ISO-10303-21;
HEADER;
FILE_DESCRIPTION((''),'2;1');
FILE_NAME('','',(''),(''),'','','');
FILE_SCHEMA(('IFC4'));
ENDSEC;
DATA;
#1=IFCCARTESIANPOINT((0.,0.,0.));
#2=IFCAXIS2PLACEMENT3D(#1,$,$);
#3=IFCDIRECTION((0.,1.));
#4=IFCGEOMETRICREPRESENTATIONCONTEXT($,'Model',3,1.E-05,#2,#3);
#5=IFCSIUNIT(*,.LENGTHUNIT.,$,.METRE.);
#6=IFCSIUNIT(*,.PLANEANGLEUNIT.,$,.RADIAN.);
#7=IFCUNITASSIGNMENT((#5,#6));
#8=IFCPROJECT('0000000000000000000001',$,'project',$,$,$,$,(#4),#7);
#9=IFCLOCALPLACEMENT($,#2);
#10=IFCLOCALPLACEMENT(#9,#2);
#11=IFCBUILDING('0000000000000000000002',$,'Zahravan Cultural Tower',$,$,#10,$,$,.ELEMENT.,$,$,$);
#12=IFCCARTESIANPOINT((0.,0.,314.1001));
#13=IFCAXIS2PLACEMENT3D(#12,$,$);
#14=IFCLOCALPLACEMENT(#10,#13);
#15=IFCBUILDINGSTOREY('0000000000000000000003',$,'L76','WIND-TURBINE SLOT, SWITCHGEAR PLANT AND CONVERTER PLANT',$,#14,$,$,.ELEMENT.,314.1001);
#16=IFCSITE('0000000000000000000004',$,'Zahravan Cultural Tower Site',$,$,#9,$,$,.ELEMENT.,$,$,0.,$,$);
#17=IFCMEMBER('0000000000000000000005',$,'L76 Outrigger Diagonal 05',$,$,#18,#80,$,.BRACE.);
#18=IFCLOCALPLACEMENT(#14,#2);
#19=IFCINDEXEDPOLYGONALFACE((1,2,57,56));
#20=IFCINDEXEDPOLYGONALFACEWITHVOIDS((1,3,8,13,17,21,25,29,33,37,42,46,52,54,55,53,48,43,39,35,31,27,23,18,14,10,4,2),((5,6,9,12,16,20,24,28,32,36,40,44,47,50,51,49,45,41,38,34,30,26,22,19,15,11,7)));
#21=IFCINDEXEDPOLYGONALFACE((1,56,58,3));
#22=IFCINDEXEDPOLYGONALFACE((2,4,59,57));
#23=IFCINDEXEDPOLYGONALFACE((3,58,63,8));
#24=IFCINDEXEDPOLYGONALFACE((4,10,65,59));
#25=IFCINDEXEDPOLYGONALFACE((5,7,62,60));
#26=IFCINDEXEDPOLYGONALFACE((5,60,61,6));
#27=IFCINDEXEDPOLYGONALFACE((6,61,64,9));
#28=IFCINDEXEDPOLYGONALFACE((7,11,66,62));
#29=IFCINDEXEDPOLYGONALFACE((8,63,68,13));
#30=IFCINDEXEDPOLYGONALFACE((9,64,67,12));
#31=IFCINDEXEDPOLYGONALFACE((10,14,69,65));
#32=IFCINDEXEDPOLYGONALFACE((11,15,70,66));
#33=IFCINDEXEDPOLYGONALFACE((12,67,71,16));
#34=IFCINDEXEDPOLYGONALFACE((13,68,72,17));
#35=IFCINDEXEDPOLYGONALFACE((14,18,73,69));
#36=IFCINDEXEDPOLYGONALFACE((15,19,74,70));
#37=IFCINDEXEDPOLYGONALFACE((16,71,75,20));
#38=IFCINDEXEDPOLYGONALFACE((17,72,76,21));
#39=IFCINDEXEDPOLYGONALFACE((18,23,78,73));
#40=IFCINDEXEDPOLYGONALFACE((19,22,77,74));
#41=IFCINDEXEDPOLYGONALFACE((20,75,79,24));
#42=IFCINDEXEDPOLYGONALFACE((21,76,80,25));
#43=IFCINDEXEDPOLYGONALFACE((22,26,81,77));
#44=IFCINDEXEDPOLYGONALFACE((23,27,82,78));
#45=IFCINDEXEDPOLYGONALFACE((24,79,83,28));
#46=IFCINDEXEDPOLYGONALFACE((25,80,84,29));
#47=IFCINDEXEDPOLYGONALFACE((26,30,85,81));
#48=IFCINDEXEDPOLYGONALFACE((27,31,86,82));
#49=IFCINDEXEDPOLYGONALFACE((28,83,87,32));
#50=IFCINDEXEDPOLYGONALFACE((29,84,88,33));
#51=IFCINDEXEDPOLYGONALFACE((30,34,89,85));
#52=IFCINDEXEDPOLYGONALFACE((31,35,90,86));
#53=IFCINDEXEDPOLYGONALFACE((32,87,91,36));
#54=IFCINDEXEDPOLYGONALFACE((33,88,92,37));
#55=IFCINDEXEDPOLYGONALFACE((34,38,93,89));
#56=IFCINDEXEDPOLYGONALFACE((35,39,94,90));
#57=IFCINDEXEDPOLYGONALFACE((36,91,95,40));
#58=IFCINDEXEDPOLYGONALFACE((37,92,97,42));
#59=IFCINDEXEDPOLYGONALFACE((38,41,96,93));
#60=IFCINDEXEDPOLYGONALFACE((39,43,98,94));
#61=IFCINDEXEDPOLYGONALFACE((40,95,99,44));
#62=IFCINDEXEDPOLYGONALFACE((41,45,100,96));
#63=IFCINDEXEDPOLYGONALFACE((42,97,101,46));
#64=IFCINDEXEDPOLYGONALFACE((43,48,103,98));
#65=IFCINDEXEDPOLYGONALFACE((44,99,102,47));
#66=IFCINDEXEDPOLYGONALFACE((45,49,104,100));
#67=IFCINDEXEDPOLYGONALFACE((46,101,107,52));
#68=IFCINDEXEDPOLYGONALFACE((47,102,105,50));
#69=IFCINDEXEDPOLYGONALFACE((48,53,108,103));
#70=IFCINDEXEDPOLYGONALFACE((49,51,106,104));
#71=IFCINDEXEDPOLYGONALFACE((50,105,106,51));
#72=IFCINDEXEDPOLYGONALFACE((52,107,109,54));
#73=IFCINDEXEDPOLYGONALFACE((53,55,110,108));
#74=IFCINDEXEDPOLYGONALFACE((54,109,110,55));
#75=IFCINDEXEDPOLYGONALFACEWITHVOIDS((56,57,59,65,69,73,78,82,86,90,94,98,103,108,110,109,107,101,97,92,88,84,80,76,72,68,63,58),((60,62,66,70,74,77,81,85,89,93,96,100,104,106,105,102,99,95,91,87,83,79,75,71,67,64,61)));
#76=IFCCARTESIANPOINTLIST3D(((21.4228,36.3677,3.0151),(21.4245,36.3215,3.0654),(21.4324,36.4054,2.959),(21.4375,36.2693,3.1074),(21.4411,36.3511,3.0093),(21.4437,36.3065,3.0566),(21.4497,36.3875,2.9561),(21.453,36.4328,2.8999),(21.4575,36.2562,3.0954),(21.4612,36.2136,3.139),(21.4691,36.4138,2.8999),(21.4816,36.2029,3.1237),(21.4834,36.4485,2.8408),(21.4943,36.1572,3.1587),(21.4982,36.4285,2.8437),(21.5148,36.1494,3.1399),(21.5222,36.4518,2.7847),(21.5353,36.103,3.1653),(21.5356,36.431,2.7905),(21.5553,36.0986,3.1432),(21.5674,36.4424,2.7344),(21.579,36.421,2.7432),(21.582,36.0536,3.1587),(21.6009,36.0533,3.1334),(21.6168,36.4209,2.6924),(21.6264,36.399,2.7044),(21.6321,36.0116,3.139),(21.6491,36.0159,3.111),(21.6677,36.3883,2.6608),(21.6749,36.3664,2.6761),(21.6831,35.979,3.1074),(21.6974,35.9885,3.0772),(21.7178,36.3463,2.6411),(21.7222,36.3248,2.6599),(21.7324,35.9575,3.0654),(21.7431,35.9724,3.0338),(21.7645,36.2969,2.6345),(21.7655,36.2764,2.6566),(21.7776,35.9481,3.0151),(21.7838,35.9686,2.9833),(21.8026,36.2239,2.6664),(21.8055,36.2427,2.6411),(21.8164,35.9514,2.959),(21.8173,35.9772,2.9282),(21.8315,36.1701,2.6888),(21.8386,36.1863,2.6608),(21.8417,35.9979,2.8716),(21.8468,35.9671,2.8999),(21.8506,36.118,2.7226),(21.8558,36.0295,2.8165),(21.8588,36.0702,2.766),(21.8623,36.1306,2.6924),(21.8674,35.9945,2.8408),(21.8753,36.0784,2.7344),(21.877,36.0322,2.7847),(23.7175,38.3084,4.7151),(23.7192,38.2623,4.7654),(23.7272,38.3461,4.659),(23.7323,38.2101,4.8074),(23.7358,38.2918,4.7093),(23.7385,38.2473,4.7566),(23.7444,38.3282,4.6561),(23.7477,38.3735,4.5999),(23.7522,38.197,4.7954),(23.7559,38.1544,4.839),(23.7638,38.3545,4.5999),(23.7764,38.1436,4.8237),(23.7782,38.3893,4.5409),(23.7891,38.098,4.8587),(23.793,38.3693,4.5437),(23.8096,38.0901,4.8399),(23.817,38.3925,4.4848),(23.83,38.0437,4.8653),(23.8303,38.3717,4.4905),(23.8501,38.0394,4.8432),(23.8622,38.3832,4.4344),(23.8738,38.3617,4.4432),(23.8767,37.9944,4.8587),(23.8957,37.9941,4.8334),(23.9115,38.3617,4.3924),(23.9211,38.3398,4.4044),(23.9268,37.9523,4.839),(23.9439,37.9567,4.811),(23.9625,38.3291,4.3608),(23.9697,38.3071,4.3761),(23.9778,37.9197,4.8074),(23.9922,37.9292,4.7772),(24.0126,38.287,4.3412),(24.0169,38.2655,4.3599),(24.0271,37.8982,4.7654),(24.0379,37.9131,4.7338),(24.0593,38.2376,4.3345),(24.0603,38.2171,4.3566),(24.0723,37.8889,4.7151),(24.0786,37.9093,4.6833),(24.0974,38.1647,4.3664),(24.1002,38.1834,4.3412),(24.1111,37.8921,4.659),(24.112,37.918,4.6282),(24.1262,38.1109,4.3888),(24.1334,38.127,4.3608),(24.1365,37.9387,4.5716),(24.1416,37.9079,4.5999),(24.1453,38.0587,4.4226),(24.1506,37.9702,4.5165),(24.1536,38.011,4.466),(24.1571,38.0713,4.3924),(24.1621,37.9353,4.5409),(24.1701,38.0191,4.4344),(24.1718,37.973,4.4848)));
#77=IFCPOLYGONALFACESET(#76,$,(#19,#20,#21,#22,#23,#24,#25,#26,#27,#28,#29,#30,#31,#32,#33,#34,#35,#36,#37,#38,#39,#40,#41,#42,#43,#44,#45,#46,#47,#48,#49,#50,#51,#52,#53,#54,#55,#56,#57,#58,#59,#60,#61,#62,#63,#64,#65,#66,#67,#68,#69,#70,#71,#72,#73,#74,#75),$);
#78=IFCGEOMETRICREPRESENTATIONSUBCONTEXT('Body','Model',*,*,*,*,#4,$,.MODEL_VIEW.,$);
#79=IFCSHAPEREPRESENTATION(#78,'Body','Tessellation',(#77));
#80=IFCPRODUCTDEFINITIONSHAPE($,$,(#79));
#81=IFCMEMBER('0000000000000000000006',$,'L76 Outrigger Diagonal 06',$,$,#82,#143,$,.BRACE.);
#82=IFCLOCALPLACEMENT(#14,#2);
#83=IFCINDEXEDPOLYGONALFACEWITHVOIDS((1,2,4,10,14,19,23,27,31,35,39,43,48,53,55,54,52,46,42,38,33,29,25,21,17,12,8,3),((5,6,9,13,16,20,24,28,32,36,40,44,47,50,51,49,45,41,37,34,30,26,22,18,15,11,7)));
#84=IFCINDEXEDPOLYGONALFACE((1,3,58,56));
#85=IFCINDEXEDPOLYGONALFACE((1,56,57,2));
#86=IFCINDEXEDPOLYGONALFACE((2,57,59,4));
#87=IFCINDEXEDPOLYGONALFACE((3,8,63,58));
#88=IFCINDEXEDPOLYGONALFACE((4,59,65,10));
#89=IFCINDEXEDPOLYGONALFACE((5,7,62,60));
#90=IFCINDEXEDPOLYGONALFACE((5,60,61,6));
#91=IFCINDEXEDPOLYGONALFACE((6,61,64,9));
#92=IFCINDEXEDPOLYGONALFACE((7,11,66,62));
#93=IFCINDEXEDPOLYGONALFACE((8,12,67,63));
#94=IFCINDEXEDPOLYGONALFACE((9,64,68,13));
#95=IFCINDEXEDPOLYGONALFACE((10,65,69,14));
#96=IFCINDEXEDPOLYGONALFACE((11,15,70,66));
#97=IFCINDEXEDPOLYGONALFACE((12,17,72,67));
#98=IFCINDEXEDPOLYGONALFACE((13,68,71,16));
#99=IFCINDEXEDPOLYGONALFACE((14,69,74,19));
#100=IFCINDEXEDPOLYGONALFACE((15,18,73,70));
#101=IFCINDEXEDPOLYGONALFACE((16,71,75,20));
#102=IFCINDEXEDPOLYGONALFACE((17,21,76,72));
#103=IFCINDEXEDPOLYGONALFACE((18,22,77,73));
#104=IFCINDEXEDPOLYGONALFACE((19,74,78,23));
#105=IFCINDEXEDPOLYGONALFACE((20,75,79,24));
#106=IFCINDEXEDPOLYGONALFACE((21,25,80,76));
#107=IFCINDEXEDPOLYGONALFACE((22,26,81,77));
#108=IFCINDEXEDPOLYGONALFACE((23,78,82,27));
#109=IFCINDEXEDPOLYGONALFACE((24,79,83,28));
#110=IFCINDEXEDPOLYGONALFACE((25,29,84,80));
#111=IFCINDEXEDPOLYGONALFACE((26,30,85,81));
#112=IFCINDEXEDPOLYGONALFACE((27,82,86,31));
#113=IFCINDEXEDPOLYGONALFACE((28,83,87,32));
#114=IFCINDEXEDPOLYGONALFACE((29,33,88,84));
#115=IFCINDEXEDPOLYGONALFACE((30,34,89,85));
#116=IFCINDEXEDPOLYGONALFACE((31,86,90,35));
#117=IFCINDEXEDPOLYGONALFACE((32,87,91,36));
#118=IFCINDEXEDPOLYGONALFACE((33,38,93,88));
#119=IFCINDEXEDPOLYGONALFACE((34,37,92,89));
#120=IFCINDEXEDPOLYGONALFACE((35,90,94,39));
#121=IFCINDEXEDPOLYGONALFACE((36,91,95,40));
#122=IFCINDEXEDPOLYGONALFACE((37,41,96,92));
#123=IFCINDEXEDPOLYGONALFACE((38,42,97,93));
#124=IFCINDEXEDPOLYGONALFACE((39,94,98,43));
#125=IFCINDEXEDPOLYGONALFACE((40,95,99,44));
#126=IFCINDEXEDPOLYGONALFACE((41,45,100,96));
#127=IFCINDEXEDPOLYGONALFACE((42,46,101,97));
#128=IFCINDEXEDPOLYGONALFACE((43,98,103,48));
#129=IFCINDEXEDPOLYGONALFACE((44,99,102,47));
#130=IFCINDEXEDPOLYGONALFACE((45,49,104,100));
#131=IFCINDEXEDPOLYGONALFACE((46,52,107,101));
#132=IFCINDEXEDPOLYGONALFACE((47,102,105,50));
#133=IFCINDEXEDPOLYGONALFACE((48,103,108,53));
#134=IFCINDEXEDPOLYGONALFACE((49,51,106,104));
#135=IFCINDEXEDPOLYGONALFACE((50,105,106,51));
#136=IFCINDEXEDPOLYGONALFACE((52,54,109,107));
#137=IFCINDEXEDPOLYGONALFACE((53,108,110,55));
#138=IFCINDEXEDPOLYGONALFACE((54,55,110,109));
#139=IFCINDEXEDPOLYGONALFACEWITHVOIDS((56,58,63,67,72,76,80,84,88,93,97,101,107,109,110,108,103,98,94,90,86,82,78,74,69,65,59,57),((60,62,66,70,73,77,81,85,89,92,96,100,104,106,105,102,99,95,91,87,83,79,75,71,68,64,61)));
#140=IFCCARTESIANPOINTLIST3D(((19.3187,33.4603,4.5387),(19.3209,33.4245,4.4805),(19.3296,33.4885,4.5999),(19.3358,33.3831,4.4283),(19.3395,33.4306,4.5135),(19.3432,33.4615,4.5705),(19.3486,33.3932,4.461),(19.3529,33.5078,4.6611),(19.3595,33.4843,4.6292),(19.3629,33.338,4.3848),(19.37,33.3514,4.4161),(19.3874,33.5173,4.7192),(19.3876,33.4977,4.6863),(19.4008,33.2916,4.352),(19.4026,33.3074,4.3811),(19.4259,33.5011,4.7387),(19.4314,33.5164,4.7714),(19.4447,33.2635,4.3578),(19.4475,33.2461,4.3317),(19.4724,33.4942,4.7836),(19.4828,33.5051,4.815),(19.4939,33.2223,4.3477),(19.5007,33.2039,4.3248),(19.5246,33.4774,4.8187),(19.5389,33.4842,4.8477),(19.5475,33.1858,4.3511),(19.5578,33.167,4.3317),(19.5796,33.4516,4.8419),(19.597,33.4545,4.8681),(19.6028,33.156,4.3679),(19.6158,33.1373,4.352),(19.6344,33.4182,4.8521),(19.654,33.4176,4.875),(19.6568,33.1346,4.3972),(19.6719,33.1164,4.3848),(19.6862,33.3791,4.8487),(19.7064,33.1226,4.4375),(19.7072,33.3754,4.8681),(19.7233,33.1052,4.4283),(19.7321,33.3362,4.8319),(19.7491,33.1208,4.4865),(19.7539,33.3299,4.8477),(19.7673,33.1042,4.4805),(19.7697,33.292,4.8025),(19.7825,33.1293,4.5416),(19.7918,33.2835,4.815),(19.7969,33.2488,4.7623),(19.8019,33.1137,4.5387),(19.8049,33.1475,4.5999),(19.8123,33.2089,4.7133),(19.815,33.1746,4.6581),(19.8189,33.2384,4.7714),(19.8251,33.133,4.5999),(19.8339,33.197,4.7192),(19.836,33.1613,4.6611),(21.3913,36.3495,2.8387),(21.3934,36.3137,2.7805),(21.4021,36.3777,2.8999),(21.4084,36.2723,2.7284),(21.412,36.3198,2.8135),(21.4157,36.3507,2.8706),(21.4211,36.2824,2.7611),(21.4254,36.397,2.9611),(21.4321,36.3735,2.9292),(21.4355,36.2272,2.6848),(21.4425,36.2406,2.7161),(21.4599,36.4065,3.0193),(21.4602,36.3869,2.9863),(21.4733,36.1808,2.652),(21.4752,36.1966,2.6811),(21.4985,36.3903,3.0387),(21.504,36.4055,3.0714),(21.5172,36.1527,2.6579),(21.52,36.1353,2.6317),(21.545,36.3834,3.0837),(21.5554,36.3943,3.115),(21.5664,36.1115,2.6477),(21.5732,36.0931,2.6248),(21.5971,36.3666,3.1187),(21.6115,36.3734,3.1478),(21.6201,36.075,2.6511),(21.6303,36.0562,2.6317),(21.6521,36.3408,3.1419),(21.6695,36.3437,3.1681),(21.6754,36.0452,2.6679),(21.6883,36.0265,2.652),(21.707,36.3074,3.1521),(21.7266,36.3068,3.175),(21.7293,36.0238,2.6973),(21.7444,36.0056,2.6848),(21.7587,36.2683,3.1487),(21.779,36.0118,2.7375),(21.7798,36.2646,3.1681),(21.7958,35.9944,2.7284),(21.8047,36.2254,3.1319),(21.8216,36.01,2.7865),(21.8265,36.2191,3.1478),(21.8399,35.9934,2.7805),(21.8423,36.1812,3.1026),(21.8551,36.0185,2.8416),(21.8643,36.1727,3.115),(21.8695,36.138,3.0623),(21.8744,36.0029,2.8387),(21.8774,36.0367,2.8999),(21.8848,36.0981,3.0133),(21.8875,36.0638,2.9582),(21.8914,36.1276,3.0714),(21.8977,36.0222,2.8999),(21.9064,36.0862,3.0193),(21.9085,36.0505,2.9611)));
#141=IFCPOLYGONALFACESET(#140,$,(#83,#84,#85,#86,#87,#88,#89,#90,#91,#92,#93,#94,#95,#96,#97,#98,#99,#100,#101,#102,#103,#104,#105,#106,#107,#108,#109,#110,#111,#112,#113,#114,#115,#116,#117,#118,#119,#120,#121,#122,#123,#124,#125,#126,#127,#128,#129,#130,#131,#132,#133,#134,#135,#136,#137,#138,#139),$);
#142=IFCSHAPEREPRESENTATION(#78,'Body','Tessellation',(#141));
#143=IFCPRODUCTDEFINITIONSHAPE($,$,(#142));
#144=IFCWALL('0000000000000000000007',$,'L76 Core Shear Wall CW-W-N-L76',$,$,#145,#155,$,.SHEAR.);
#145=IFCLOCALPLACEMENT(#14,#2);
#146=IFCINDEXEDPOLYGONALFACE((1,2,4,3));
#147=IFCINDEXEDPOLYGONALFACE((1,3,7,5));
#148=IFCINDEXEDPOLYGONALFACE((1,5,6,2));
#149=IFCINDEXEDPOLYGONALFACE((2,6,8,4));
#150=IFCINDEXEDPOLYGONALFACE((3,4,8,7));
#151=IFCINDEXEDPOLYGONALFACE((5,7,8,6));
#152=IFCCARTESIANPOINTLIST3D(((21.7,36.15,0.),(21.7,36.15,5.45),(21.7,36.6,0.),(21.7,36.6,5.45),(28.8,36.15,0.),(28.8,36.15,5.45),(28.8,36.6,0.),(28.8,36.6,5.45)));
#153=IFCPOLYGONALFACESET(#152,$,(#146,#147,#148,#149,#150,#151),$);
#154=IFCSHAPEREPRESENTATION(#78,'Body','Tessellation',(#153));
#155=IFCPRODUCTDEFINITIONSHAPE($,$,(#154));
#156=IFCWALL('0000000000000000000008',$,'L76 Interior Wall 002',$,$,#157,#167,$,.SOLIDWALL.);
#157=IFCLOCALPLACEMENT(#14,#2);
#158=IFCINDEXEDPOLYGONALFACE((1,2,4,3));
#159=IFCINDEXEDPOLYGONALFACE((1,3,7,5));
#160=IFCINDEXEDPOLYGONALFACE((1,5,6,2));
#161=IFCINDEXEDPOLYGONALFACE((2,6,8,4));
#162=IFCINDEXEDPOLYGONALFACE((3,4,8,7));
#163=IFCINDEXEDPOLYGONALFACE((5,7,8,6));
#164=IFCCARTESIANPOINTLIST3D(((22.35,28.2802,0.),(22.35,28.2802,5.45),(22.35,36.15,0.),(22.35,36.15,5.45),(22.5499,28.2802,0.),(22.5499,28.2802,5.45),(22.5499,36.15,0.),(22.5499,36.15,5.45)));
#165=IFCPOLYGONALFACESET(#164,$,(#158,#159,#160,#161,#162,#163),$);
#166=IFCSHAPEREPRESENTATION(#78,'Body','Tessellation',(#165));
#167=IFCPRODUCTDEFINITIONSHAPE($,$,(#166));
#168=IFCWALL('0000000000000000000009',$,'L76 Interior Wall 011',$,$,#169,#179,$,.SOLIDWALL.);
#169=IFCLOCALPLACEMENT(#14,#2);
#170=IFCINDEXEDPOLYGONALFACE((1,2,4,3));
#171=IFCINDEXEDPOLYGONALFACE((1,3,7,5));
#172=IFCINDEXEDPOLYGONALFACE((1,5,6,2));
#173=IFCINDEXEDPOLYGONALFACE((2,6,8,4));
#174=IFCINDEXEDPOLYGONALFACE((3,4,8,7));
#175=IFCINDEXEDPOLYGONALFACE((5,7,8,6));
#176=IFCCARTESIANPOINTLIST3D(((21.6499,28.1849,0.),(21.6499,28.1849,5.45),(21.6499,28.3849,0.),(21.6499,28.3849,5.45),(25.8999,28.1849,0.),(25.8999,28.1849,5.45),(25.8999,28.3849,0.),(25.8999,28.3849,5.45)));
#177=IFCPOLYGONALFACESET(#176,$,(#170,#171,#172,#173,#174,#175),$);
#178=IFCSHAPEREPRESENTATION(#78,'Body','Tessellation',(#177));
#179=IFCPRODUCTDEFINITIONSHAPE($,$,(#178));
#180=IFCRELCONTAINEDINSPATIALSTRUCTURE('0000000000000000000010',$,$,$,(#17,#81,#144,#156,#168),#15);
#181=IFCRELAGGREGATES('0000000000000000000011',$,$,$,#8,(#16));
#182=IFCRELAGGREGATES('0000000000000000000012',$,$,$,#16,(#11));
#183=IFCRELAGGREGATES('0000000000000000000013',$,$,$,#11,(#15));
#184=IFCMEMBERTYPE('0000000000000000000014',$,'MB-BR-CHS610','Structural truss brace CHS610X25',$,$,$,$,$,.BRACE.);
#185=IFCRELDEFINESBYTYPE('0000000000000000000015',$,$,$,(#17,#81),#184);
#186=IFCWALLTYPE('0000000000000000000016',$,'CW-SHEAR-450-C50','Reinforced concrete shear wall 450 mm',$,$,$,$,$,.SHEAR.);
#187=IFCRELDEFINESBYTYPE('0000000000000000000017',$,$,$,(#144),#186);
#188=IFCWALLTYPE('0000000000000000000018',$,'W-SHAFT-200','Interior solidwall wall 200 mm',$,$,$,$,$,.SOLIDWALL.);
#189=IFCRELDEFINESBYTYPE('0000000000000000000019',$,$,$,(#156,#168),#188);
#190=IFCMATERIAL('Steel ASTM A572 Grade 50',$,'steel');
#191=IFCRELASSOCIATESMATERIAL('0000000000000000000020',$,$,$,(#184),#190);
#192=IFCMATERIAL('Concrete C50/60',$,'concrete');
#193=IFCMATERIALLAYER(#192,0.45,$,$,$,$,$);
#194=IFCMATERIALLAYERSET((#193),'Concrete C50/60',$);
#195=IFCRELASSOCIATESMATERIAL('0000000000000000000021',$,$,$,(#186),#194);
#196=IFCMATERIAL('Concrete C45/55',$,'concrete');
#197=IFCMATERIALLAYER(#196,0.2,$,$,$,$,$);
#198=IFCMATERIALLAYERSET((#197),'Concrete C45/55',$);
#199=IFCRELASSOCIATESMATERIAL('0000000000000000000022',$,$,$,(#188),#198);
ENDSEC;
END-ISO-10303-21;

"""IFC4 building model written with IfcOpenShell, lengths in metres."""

from ifc_helpers import new_model, si_unit, direction, frame, frame_2d, origin, origin_2d, place, context, subcontext, project, spatial, rectangle, hollow_circle, extrude, source, transform, mapped, material, layer, layer_set, material_profile, profile_set, type_object, element, save


model = new_model("IFC4")

# Units and contexts
model_context = context("Model", 3, precision=1e-05, world=origin(), true_north=direction((0.0, 1.0)))
body_context = subcontext(model_context, "Body", "Model", "MODEL_VIEW")
ifc_project = project(units=[si_unit("LENGTHUNIT", "METRE"), si_unit("PLANEANGLEUNIT", "RADIAN")], contexts=[model_context])

# Site, building, storey
site_placement = place(None, origin())
site = spatial("IfcSite", under=ifc_project, at=site_placement, Name="Zahravan Cultural Tower Site", CompositionType="ELEMENT", RefElevation=0.0)
building_placement = place(site_placement, origin())
building = spatial("IfcBuilding", under=site, at=building_placement, Name="Zahravan Cultural Tower", CompositionType="ELEMENT")
storey_placement = place(building_placement, frame((0.0, 0.0, 314.1001)))
storey = spatial("IfcBuildingStorey", under=building, at=storey_placement, Name="L76", Description="WIND-TURBINE SLOT, SWITCHGEAR PLANT AND CONVERTER PLANT", CompositionType="ELEMENT", Elevation=314.1001)

# Shared definitions
ifc_material_1 = material(Name="Concrete C50/60", Category="concrete")

# Members
ifc_material_2 = material(Name="Steel ASTM A572 Grade 50", Category="steel")
ifc_material_profile_1 = material_profile(ifc_material_2, hollow_circle(Radius=0.3049, WallThickness=0.0249, at=origin_2d()), Name="CHS610X25")
ifc_profile_set_1 = profile_set([ifc_material_profile_1], Name="Steel ASTM A572 Grade 50")
member_type = type_object("IfcMemberType", Name="MB-BR-CHS610", Description="Structural truss brace CHS610X25", PredefinedType="BRACE", material=ifc_profile_set_1)
shared_shape_1 = source(origin(), body_context, "Body", "SweptSolid", [
    extrude(hollow_circle(Radius=0.3049, WallThickness=0.0249, at=origin_2d()), origin(), (0.0, 0.0, 1.0), 3.4529),
])
member_1_placement = place(storey_placement, frame((21.6499, 36.2, 2.8999), z_axis=(0.664591, 0.562063, 0.492345), x_axis=(-0.645753, 0.763546, 0.0)))
element("IfcMember", 1, at=member_1_placement, inside=storey, type_object=member_type, Name="L76 Outrigger Diagonal 05", PredefinedType="BRACE", context=body_context, shape_type="MappedRepresentation", body=[
    mapped(shared_shape_1, transform((0.0, 0.0, 0.0), x_axis=(1.0, 0.0, 0.0), y_axis=(0.0, 1.0, 0.0), z_axis=(0.0, 0.0, 1.0), scale=1.0)),
])
shared_shape_2 = source(origin(), body_context, "Body", "SweptSolid", [
    extrude(hollow_circle(Radius=0.3049, WallThickness=0.0249, at=origin_2d()), origin(), (0.0, 0.0, 1.0), 3.9412),
])
member_2_placement = place(storey_placement, frame((21.6499, 36.2, 2.8999), z_axis=(-0.525869, -0.733082, 0.431338), x_axis=(0.812558, -0.58288, 0.0)))
element("IfcMember", 2, at=member_2_placement, inside=storey, type_object=member_type, Name="L76 Outrigger Diagonal 06", PredefinedType="BRACE", context=body_context, shape_type="MappedRepresentation", body=[
    mapped(shared_shape_2, transform((0.0, 0.0, 0.0), x_axis=(1.0, 0.0, 0.0), y_axis=(0.0, 1.0, 0.0), z_axis=(0.0, 0.0, 1.0), scale=1.0)),
])

# Walls
ifc_layer_1 = layer(ifc_material_1, 0.45)
ifc_layer_set_1 = layer_set([ifc_layer_1], Name="Concrete C50/60")
wall_type_1 = type_object("IfcWallType", Name="CW-SHEAR-450-C50", Description="Reinforced concrete shear wall 450 mm", PredefinedType="SHEAR", material=ifc_layer_set_1)
shared_shape_3 = source(origin(), body_context, "Body", "SweptSolid", [
    extrude(rectangle(XDim=7.1001, YDim=0.45, at=frame_2d((3.55, 0.0))), origin(), (0.0, 0.0, 1.0), 5.45),
])
wall_1_placement = place(storey_placement, frame((21.7, 36.375, 0.0), z_axis=(0.0, 0.0, 1.0), x_axis=(1.0, 0.0, 0.0)))
element("IfcWall", 3, at=wall_1_placement, inside=storey, type_object=wall_type_1, Name="L76 Core Shear Wall CW-W-N-L76", PredefinedType="SHEAR", context=body_context, shape_type="MappedRepresentation", body=[
    mapped(shared_shape_3, transform((0.0, 0.0, 0.0), x_axis=(1.0, 0.0, 0.0), y_axis=(0.0, 1.0, 0.0), z_axis=(0.0, 0.0, 1.0), scale=1.0)),
])
ifc_material_3 = material(Name="Concrete C45/55", Category="concrete")
ifc_layer_2 = layer(ifc_material_3, 0.2)
ifc_layer_set_2 = layer_set([ifc_layer_2], Name="Concrete C45/55")
wall_type_2 = type_object("IfcWallType", Name="W-SHAFT-200", Description="Interior solidwall wall 200 mm", PredefinedType="SOLIDWALL", material=ifc_layer_set_2)
shared_shape_4 = source(origin(), body_context, "Body", "SweptSolid", [
    extrude(rectangle(XDim=7.8699, YDim=0.2, at=frame_2d((3.9351, 0.0))), origin(), (0.0, 0.0, 1.0), 5.45),
])
wall_2_placement = place(storey_placement, frame((22.45, 28.28, 0.0), z_axis=(0.0, 0.0, 1.0), x_axis=(0.0, 1.0, 0.0)))
element("IfcWall", 4, at=wall_2_placement, inside=storey, type_object=wall_type_2, Name="L76 Interior Wall 002", PredefinedType="SOLIDWALL", context=body_context, shape_type="MappedRepresentation", body=[
    mapped(shared_shape_4, transform((0.0, 0.0, 0.0), x_axis=(1.0, 0.0, 0.0), y_axis=(0.0, 1.0, 0.0), z_axis=(0.0, 0.0, 1.0), scale=1.0)),
])
shared_shape_5 = source(origin(), body_context, "Body", "SweptSolid", [
    extrude(rectangle(XDim=4.25, YDim=0.2, at=frame_2d((2.125, 0.0))), origin(), (0.0, 0.0, 1.0), 5.45),
])
wall_3_placement = place(storey_placement, frame((21.6499, 28.2849, 0.0), z_axis=(0.0, 0.0, 1.0), x_axis=(1.0, 0.0, 0.0)))
element("IfcWall", 5, at=wall_3_placement, inside=storey, type_object=wall_type_2, Name="L76 Interior Wall 011", PredefinedType="SOLIDWALL", context=body_context, shape_type="MappedRepresentation", body=[
    mapped(shared_shape_5, transform((0.0, 0.0, 0.0), x_axis=(1.0, 0.0, 0.0), y_axis=(0.0, 1.0, 0.0), z_axis=(0.0, 0.0, 1.0), scale=1.0)),
])

save(model, "model.ifc")
